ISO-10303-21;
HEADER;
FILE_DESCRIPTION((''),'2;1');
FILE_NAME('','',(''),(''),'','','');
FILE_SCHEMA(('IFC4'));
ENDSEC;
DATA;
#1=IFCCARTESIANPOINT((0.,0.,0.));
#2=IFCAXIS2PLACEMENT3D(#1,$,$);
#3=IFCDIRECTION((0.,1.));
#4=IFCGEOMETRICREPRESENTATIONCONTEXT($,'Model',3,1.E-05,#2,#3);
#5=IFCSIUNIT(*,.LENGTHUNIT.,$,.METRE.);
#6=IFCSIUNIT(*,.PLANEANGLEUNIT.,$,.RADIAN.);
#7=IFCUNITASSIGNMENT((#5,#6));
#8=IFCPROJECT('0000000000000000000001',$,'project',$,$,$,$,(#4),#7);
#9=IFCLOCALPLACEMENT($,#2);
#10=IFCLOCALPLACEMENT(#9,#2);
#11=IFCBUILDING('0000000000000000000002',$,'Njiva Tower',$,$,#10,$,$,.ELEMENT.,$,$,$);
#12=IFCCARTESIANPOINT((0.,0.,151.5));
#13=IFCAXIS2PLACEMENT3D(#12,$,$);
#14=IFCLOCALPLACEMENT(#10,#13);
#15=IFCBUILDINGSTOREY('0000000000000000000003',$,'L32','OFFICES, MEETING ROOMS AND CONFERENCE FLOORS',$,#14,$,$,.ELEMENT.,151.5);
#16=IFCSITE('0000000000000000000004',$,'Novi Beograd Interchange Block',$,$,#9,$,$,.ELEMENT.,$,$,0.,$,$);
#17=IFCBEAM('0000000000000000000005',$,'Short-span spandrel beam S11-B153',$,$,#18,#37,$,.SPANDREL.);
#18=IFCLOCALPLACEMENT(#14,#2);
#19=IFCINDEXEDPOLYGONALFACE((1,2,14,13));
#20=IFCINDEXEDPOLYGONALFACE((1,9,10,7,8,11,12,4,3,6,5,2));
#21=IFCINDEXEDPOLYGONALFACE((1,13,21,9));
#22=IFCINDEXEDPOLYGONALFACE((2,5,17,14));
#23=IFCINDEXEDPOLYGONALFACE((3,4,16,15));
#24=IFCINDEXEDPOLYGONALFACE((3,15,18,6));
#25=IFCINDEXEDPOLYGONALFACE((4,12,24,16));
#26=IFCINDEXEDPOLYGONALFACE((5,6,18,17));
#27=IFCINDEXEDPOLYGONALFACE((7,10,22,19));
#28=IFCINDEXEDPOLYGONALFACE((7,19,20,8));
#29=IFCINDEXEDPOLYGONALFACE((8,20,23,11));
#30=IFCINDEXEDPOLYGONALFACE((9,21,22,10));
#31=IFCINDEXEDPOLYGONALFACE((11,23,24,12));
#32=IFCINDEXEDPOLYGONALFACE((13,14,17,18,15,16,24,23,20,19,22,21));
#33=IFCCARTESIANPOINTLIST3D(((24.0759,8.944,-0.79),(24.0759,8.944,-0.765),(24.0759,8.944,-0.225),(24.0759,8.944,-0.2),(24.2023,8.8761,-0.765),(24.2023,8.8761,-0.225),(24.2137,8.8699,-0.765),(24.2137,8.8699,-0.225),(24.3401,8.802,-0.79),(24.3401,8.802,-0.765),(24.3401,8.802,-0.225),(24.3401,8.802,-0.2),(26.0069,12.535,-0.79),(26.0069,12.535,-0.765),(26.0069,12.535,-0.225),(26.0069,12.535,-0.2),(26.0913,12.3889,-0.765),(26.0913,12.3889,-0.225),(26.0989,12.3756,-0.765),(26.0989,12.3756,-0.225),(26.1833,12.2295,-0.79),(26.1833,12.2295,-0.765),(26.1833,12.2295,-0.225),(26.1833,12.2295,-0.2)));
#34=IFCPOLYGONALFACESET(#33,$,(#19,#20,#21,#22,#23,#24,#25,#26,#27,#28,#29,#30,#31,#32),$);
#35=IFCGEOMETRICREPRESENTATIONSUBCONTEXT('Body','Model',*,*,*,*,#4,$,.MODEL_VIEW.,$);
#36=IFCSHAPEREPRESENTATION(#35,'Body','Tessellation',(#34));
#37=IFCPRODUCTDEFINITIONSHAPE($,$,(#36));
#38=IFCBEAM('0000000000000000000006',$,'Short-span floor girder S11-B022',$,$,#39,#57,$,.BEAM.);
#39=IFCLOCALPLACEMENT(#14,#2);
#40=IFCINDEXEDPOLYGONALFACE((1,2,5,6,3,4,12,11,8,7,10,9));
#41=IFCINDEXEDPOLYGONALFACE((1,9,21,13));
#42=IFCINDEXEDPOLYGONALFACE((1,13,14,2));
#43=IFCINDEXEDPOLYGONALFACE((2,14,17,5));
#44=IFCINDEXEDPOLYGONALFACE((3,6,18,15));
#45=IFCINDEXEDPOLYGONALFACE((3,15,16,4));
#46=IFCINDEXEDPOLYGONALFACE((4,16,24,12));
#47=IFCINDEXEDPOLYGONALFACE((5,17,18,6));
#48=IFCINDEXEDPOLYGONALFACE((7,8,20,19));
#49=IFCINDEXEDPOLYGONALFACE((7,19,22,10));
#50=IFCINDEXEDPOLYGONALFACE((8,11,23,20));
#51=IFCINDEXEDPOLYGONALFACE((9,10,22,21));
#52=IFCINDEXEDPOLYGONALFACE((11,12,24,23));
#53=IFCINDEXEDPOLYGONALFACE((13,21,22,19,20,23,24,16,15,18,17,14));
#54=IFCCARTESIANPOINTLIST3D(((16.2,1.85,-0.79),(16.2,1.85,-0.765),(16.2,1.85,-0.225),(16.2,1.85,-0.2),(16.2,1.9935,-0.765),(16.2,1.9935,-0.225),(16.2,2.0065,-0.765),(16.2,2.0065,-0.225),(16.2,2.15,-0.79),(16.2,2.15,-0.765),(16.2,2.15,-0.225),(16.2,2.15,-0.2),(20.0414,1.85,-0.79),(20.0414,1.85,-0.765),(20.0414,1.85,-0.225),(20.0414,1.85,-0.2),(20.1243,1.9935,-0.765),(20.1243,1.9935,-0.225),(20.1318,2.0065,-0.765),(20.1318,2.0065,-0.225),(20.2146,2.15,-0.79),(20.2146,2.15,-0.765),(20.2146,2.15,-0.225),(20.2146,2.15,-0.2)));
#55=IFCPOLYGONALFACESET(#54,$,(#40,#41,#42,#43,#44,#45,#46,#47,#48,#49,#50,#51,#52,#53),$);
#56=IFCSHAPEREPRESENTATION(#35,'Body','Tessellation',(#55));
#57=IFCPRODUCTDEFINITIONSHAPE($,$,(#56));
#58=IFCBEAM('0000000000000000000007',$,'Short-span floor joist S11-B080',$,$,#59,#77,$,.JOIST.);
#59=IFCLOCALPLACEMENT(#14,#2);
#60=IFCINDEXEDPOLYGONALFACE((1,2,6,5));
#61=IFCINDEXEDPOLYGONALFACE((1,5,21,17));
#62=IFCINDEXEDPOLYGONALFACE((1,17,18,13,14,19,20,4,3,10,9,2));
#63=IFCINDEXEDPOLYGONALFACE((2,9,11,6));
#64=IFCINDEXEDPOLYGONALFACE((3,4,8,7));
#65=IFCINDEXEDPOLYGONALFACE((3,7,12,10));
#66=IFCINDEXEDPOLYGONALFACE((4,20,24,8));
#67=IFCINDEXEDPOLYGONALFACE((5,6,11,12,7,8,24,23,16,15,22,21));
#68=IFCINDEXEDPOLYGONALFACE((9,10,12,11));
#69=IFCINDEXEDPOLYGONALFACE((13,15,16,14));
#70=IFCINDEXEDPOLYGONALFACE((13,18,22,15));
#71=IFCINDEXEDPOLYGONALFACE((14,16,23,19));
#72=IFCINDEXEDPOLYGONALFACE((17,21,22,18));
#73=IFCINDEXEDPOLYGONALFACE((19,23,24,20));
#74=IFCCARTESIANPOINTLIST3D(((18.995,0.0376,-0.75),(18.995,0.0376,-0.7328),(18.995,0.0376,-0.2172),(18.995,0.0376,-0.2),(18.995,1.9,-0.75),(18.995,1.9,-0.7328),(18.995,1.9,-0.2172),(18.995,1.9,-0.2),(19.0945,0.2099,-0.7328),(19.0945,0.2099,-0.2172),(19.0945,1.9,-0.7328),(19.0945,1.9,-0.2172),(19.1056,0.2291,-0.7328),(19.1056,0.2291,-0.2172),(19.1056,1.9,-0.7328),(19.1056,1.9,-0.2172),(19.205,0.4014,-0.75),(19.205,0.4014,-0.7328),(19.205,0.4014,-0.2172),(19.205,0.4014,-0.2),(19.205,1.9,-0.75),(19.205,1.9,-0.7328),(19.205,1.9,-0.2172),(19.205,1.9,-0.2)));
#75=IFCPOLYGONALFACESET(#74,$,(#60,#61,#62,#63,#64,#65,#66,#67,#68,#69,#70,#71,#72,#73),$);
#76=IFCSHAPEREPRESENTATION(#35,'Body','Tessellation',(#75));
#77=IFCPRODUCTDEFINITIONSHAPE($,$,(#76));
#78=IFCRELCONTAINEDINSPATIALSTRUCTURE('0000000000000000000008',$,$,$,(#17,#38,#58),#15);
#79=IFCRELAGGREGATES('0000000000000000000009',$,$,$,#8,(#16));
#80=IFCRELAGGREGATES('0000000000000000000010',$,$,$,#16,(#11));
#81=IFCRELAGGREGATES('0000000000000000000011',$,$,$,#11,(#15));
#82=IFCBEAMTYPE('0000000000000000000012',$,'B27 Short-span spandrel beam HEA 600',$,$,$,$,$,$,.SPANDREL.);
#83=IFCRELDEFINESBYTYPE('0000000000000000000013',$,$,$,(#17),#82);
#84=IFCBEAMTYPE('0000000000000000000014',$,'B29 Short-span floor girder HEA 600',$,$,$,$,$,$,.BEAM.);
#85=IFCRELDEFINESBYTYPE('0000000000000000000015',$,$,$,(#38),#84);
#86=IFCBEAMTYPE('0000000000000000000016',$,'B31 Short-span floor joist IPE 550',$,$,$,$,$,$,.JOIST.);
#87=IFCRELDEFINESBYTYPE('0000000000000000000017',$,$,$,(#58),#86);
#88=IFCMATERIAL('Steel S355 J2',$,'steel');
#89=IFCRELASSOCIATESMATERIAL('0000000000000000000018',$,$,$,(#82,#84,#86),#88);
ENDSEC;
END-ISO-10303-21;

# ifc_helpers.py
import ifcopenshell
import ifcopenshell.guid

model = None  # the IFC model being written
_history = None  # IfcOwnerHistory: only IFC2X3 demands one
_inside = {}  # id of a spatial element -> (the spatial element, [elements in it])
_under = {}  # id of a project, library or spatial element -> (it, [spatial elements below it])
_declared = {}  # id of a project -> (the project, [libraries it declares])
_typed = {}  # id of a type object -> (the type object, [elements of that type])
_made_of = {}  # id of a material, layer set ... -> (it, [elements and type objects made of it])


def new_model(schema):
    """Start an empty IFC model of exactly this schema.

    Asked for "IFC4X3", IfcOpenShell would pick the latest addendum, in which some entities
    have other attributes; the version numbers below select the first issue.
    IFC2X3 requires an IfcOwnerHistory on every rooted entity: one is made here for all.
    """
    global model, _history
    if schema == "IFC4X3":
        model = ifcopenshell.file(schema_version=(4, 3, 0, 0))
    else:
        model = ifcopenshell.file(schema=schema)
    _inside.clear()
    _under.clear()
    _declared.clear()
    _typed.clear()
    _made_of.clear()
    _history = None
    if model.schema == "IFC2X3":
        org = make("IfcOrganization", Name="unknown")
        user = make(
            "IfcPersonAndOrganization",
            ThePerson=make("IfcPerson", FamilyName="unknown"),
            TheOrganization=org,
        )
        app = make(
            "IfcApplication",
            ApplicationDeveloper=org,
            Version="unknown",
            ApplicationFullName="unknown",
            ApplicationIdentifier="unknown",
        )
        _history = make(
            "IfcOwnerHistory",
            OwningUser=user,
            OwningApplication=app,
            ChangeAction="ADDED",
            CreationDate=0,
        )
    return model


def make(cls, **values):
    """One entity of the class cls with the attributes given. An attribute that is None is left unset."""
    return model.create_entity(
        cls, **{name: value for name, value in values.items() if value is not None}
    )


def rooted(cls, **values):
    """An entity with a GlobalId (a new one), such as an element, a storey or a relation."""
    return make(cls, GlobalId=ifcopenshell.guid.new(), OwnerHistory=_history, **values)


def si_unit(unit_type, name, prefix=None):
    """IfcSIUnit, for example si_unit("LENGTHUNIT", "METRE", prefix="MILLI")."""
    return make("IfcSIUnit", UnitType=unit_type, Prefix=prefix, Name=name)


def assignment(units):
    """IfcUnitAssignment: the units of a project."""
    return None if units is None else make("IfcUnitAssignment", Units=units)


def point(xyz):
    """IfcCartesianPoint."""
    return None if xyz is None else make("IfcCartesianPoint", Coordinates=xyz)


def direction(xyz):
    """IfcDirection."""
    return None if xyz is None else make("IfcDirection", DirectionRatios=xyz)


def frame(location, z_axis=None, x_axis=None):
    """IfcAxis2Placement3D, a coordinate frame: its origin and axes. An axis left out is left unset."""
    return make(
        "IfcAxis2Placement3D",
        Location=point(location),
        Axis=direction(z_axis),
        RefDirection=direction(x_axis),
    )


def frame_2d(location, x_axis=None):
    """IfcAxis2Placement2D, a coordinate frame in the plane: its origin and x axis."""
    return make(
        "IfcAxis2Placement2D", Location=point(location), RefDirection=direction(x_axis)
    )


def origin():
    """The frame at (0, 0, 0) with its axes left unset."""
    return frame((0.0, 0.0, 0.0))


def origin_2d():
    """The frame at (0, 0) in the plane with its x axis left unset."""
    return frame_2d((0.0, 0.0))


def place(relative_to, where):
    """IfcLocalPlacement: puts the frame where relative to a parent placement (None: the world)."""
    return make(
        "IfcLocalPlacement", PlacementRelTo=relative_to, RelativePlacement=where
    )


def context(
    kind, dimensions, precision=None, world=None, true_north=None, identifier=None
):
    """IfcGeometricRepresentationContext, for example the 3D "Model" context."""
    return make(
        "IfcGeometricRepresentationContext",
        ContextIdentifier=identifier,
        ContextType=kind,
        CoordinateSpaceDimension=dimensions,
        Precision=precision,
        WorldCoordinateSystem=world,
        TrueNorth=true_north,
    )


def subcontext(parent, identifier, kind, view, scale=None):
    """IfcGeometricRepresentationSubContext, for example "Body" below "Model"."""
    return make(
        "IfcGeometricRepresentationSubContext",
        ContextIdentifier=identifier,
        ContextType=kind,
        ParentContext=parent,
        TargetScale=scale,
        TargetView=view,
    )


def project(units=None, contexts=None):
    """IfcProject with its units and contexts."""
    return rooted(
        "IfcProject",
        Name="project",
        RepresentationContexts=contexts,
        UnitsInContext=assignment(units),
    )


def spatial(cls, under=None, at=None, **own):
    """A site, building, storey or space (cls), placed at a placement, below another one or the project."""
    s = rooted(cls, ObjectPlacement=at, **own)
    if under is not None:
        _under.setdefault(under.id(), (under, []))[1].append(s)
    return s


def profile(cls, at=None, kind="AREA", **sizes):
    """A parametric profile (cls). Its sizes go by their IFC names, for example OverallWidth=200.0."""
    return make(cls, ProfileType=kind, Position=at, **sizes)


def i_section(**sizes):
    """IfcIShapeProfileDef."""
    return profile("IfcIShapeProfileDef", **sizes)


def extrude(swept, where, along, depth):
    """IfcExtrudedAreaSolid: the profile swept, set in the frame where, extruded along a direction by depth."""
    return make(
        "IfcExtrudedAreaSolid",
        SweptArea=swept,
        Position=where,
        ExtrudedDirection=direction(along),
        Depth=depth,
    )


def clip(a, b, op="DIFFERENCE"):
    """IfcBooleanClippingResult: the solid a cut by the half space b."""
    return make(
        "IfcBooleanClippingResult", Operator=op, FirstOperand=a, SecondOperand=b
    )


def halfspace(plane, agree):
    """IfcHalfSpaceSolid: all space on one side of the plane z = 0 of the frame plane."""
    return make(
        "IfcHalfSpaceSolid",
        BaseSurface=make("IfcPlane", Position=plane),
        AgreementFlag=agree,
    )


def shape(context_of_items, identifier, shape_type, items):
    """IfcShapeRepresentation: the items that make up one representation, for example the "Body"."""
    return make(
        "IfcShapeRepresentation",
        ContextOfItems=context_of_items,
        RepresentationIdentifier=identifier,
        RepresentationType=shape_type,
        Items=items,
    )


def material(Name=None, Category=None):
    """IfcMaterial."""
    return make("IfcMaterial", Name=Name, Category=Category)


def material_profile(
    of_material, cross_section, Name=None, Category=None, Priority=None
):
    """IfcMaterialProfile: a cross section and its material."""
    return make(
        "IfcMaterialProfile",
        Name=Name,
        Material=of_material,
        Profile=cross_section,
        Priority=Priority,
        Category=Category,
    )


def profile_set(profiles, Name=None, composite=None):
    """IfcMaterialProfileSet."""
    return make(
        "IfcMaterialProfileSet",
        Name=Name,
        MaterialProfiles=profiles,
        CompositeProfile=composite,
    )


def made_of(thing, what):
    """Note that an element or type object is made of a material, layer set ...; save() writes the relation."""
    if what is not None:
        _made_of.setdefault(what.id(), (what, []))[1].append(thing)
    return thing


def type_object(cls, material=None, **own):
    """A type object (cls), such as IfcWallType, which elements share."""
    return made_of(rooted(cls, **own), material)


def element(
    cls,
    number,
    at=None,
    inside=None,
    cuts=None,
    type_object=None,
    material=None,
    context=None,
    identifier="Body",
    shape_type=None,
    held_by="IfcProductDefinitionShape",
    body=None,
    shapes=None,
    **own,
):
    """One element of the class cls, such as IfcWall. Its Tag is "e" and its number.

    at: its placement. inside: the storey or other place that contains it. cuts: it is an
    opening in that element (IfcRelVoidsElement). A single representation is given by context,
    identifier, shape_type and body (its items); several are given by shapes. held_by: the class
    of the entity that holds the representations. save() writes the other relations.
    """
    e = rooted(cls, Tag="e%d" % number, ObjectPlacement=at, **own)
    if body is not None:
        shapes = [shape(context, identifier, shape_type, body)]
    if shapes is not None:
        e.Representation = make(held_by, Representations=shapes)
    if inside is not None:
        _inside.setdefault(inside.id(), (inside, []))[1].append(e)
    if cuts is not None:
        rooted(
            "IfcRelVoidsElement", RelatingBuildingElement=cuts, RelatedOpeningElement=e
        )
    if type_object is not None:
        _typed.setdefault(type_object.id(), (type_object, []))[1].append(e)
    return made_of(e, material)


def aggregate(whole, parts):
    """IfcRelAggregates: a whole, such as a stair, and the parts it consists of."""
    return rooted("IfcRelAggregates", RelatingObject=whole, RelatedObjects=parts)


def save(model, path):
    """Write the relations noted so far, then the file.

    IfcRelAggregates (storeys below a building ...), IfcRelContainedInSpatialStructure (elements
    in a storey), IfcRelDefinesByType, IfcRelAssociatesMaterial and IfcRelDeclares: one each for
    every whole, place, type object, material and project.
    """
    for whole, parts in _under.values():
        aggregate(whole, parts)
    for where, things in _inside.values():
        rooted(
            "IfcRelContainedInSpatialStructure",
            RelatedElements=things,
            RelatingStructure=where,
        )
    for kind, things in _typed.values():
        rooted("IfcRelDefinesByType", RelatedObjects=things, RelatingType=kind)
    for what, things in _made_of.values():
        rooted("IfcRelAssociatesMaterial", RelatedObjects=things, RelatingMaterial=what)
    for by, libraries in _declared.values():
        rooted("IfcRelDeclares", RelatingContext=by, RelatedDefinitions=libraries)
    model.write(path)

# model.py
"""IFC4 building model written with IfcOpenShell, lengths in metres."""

from ifc_helpers import new_model, si_unit, direction, frame, origin, origin_2d, place, context, subcontext, project, spatial, i_section, extrude, clip, halfspace, material, material_profile, profile_set, type_object, element, save


model = new_model("IFC4")

# Units and contexts
model_context = context("Model", 3, precision=1e-05, world=origin(), true_north=direction((0.0, 1.0)))
body_context = subcontext(model_context, "Body", "Model", "MODEL_VIEW")
ifc_project = project(units=[si_unit("LENGTHUNIT", "METRE"), si_unit("PLANEANGLEUNIT", "RADIAN")], contexts=[model_context])

# Site, building, storey
site_placement = place(None, origin())
site = spatial("IfcSite", under=ifc_project, at=site_placement, Name="Novi Beograd Interchange Block", CompositionType="ELEMENT", RefElevation=0.0)
building_placement = place(site_placement, origin())
building = spatial("IfcBuilding", under=site, at=building_placement, Name="Njiva Tower", CompositionType="ELEMENT")
storey_placement = place(building_placement, frame((0.0, 0.0, 151.5)))
storey = spatial("IfcBuildingStorey", under=building, at=storey_placement, Name="L32", Description="OFFICES, MEETING ROOMS AND CONFERENCE FLOORS", CompositionType="ELEMENT", Elevation=151.5)

# Shared definitions
ifc_material_1 = material(Name="Steel S355 J2", Category="steel")

# Beams
ifc_material_profile_1 = material_profile(ifc_material_1, i_section(OverallWidth=0.3, OverallDepth=0.59, WebThickness=0.013, FlangeThickness=0.025, at=origin_2d()), Name="HEA 600")
ifc_profile_set_1 = profile_set([ifc_material_profile_1], Name="Steel S355 J2")
beam_type_1 = type_object("IfcBeamType", Name="B27 Short-span spandrel beam HEA 600", PredefinedType="SPANDREL", material=ifc_profile_set_1)
beam_1_placement = place(storey_placement, frame((24.208, 8.873, -0.495), z_axis=(0.473621, 0.880729, 0.0), x_axis=(-0.880729, 0.473621, 0.0)))
element("IfcBeam", 1, at=beam_1_placement, inside=storey, type_object=beam_type_1, Name="Short-span spandrel beam S11-B153", PredefinedType="SPANDREL", context=body_context, shape_type="Clipping", body=[
    clip(extrude(i_section(OverallWidth=0.3, OverallDepth=0.59, WebThickness=0.013, FlangeThickness=0.025, at=origin_2d()), origin(), (0.0, 0.0, 1.0), 4.0972), halfspace(frame((-0.0268, 0.0, 3.9679), z_axis=(-0.525925, 0.0, 0.850531), x_axis=(0.0, 1.0, 0.0)), False)),
])
ifc_material_profile_2 = material_profile(ifc_material_1, i_section(OverallWidth=0.3, OverallDepth=0.59, WebThickness=0.013, FlangeThickness=0.025, at=origin_2d()), Name="HEA 600")
ifc_profile_set_2 = profile_set([ifc_material_profile_2], Name="Steel S355 J2")
beam_type_2 = type_object("IfcBeamType", Name="B29 Short-span floor girder HEA 600", PredefinedType="BEAM", material=ifc_profile_set_2)
beam_2_placement = place(storey_placement, frame((16.2, 2.0, -0.495), z_axis=(1.0, 0.0, 0.0), x_axis=(0.0, 1.0, 0.0)))
element("IfcBeam", 2, at=beam_2_placement, inside=storey, type_object=beam_type_2, Name="Short-span floor girder S11-B022", PredefinedType="BEAM", context=body_context, shape_type="Clipping", body=[
    clip(extrude(i_section(OverallWidth=0.3, OverallDepth=0.59, WebThickness=0.013, FlangeThickness=0.025, at=origin_2d()), origin(), (0.0, 0.0, 1.0), 4.035), halfspace(frame((-0.025, 0.0, 3.9136), z_axis=(-0.499998, 0.0, 0.866027), x_axis=(0.0, 1.0, 0.0)), False)),
])
ifc_material_profile_3 = material_profile(ifc_material_1, i_section(OverallWidth=0.21, OverallDepth=0.55, WebThickness=0.0111, FlangeThickness=0.0172, at=origin_2d()), Name="IPE 550")
ifc_profile_set_3 = profile_set([ifc_material_profile_3], Name="Steel S355 J2")
beam_type_3 = type_object("IfcBeamType", Name="B31 Short-span floor joist IPE 550", PredefinedType="JOIST", material=ifc_profile_set_3)
beam_3_placement = place(storey_placement, frame((19.1, 1.9, -0.475), z_axis=(0.0, -1.0, 0.0), x_axis=(1.0, 0.0, 0.0)))
element("IfcBeam", 3, at=beam_3_placement, inside=storey, type_object=beam_type_3, Name="Short-span floor joist S11-B080", PredefinedType="JOIST", context=body_context, shape_type="Clipping", body=[
    clip(extrude(i_section(OverallWidth=0.21, OverallDepth=0.55, WebThickness=0.0111, FlangeThickness=0.0172, at=origin_2d()), origin(), (0.0, 0.0, 1.0), 1.883), halfspace(frame((0.0433, 0.0, 1.6055), z_axis=(0.866027, 0.0, 0.499998), x_axis=(0.0, 1.0, 0.0)), False)),
])

save(model, "model.ifc")
